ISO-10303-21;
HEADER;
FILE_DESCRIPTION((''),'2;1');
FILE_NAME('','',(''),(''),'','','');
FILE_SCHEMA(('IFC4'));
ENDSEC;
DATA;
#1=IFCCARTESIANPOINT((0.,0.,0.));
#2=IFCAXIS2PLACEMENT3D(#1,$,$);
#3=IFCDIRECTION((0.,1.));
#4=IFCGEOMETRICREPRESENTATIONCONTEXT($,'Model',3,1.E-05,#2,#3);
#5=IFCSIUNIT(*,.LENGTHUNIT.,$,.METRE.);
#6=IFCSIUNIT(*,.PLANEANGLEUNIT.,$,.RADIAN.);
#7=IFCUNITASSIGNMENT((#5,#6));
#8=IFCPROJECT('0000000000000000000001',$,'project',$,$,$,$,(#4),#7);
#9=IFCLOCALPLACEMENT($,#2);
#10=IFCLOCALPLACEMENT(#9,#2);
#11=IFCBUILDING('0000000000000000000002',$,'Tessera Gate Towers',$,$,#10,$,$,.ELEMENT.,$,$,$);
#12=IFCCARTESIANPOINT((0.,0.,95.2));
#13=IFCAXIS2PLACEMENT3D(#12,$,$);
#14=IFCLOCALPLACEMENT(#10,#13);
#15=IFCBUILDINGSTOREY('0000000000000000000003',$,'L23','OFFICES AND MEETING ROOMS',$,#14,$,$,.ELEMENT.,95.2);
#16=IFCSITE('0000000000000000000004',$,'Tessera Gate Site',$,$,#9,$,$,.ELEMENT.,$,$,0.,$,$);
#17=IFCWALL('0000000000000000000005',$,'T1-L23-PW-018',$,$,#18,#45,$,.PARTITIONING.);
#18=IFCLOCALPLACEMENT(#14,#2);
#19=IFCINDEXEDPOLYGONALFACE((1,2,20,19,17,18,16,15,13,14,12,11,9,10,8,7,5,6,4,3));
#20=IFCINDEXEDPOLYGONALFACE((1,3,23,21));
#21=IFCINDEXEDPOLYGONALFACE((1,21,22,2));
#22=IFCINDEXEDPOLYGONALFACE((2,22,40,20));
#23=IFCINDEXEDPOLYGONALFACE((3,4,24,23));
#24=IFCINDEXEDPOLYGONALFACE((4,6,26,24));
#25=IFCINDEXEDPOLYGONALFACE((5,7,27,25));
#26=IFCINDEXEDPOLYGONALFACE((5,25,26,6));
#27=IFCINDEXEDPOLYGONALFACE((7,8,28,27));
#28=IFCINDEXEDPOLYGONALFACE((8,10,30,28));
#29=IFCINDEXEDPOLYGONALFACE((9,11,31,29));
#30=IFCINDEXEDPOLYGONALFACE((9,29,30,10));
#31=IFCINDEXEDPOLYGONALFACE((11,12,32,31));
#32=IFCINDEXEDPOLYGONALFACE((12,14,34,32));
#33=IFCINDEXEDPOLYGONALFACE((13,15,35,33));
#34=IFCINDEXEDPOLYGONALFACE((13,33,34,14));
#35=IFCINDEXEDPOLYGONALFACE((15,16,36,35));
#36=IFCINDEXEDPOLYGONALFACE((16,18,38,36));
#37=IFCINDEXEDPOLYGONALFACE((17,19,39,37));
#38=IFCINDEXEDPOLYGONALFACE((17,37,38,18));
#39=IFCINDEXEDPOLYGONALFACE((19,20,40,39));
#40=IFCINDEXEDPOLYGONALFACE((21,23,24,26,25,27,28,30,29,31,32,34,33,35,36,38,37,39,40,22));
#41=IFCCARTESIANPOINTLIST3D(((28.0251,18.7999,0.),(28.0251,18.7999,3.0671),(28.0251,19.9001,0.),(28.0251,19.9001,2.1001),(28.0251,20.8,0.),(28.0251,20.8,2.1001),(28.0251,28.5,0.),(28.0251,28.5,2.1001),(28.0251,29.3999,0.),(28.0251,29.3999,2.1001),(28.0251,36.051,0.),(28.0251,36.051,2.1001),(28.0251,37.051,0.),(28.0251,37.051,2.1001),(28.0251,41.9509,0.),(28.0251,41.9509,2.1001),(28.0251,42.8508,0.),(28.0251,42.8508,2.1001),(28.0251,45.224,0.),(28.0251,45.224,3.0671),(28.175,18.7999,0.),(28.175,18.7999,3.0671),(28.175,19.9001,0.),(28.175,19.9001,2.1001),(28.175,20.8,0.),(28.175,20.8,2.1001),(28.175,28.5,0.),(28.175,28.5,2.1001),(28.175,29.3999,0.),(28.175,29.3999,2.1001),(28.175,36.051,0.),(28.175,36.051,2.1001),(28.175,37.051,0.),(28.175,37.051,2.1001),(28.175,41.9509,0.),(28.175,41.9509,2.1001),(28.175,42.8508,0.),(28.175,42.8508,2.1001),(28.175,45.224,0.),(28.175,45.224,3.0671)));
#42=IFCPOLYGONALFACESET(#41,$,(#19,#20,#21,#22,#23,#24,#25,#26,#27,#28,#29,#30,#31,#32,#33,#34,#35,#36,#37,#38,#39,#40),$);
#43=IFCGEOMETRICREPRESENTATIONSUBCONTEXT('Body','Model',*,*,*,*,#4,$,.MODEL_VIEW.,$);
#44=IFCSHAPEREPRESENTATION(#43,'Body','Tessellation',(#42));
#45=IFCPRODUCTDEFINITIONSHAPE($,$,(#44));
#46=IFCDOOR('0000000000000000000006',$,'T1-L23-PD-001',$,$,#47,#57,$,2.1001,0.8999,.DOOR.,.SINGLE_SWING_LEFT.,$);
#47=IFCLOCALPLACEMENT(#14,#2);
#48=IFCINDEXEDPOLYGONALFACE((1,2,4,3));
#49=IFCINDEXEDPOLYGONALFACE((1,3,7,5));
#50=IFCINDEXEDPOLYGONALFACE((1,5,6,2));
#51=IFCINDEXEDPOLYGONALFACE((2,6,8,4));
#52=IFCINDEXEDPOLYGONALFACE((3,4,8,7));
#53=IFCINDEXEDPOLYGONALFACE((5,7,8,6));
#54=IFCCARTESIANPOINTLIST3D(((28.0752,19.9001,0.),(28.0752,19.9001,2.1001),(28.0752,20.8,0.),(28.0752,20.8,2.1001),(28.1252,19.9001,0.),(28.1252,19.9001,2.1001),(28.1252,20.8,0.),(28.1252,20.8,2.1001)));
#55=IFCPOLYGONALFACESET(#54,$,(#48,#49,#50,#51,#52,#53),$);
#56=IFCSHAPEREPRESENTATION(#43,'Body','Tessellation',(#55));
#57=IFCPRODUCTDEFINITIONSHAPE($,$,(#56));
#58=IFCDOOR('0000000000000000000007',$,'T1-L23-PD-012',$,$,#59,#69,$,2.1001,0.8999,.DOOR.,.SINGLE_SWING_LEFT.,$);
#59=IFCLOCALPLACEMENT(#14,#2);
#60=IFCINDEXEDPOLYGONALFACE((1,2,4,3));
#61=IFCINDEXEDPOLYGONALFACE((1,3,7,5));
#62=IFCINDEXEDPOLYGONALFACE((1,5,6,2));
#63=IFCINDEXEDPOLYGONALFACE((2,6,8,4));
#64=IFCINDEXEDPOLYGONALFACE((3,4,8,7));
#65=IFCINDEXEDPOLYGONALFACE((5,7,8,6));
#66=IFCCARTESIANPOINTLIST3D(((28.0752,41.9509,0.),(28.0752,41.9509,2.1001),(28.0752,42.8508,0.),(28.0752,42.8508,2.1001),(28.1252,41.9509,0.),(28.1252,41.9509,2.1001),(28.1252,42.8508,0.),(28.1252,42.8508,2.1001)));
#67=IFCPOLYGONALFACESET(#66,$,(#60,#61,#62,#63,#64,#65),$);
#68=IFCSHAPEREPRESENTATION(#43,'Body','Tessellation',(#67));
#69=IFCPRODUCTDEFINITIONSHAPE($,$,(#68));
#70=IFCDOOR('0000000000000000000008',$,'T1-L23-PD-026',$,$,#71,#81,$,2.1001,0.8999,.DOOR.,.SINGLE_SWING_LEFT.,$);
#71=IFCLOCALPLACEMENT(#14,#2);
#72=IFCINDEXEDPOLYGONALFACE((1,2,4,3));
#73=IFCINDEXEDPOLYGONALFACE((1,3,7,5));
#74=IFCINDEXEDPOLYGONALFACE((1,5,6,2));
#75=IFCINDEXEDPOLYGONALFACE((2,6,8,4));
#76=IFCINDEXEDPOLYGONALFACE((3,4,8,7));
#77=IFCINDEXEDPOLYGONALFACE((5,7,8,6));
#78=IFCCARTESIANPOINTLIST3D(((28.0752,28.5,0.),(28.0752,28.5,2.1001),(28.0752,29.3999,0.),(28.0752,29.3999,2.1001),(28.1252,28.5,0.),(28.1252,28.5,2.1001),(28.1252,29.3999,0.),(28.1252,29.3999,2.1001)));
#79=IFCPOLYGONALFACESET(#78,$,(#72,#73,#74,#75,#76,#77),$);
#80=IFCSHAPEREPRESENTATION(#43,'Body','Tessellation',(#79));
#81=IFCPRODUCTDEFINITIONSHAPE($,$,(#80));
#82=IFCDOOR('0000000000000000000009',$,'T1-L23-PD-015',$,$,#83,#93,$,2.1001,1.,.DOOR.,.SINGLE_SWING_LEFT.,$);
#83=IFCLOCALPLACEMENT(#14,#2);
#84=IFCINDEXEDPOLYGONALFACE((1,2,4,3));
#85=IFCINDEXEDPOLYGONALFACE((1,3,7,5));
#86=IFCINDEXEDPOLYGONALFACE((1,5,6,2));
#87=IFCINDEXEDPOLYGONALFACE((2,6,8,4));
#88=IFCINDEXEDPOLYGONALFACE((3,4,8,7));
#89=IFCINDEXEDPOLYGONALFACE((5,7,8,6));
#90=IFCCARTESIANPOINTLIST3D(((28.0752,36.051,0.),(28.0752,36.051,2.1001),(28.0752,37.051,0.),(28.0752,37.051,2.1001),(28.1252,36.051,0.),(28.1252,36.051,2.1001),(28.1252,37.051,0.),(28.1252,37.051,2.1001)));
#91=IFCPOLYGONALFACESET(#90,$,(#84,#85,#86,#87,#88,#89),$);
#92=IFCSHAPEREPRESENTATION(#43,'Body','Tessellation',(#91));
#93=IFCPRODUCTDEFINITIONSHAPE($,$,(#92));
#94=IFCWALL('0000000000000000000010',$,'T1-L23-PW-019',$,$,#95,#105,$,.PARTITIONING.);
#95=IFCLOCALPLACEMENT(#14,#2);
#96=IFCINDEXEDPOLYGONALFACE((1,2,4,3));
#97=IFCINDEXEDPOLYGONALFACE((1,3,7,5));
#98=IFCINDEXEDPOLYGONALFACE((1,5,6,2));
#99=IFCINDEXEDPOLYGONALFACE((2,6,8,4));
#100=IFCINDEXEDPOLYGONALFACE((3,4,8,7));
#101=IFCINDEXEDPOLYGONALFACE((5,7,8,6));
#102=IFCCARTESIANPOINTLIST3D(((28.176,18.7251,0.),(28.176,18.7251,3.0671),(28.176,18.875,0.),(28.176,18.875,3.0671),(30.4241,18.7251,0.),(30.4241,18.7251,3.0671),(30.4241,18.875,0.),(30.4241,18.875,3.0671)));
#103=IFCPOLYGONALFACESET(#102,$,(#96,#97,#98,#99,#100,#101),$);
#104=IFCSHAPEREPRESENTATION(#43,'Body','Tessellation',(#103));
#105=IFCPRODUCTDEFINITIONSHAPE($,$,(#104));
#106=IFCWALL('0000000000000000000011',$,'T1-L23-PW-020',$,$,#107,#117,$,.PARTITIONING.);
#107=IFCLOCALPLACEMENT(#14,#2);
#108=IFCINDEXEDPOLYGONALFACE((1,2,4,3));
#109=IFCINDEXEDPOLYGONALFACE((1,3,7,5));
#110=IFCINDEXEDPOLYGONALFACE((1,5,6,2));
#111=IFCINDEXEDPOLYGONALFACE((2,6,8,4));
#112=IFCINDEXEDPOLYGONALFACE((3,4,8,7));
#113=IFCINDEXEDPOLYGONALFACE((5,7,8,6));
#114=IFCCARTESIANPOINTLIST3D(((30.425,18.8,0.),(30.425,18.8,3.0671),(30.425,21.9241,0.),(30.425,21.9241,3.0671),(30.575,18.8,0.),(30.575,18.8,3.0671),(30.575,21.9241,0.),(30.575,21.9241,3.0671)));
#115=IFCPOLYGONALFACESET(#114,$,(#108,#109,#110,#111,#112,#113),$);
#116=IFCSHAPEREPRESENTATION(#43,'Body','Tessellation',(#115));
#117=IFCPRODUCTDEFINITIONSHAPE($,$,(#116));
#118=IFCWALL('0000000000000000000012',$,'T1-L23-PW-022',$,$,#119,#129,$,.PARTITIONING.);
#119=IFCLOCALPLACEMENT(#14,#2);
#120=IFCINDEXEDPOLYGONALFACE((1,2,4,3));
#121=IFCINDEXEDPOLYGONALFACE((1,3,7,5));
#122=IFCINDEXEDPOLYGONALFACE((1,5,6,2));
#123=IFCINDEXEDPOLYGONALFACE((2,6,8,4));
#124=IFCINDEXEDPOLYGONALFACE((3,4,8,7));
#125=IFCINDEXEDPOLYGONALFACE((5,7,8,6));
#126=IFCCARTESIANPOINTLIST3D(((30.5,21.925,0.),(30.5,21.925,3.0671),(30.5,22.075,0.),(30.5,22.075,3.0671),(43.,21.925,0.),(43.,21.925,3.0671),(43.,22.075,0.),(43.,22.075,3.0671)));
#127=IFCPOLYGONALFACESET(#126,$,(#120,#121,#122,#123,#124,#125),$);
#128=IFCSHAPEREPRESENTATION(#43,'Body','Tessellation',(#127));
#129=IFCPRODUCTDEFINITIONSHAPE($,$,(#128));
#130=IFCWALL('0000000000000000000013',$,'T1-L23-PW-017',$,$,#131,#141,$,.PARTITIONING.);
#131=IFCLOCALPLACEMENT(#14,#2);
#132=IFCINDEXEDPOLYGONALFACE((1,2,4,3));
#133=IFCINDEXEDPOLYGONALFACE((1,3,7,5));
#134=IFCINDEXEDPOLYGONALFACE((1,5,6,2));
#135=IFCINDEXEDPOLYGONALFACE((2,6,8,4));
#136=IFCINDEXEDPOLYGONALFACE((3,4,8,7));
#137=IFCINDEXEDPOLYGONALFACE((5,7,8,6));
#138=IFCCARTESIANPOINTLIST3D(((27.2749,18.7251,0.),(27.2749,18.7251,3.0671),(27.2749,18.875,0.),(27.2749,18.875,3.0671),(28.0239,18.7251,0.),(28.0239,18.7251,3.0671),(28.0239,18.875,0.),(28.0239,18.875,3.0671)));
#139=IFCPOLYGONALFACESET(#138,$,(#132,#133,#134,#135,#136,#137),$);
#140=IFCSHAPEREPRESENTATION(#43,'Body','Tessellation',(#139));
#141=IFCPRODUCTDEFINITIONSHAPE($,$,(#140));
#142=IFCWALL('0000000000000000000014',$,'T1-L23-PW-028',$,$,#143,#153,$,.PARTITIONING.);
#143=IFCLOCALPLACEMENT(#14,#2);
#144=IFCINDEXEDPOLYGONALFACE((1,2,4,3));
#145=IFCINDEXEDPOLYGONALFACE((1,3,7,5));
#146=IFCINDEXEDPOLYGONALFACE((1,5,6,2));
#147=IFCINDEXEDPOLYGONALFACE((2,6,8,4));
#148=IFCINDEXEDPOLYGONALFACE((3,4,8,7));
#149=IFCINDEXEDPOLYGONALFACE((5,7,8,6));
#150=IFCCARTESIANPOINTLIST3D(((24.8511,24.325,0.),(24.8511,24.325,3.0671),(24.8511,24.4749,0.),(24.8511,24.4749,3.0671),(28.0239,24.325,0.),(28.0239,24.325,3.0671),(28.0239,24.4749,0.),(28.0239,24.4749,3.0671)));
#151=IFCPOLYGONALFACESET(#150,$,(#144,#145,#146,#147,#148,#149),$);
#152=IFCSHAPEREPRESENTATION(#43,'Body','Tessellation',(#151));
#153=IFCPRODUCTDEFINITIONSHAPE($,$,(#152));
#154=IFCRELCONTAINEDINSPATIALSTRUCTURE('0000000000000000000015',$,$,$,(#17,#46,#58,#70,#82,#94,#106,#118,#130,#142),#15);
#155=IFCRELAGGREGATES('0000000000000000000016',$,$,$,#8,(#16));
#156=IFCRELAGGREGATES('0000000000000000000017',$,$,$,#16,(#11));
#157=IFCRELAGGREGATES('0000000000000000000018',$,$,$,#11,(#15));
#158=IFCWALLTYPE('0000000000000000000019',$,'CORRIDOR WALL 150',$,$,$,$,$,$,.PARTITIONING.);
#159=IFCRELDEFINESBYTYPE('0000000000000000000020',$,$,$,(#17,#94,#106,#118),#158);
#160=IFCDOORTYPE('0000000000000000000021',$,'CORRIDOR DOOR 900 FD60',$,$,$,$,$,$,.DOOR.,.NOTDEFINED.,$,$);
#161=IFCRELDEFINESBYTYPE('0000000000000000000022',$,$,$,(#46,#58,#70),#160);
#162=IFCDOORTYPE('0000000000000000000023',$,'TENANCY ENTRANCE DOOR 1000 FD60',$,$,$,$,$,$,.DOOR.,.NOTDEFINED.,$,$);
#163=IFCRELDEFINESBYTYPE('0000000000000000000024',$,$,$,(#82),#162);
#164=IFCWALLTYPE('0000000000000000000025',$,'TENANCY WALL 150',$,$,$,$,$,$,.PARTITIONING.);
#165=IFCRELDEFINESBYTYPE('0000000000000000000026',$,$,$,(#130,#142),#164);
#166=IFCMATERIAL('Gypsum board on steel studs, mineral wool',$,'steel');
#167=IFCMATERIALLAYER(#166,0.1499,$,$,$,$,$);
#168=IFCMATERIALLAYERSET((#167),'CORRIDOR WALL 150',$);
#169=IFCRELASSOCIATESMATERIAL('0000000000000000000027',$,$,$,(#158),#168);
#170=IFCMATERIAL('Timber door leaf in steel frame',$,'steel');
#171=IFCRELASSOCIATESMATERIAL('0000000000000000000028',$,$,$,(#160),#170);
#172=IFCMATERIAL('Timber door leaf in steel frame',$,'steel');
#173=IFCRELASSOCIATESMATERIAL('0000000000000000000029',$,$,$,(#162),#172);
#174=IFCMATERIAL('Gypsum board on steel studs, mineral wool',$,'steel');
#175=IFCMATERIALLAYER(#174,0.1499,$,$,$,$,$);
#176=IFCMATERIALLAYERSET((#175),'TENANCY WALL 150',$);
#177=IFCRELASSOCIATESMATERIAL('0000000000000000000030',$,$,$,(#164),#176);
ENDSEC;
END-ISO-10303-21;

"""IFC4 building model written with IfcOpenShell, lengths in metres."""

from ifc_helpers import new_model, si_unit, direction, frame, frame_2d, origin, place, context, subcontext, project, spatial, rectangle, extrude, source, transform, mapped, material, layer, layer_set, type_object, element, fill, save


model = new_model("IFC4")

# Units and contexts
model_context = context("Model", 3, precision=1e-05, world=origin(), true_north=direction((0.0, 1.0)))
body_context = subcontext(model_context, "Body", "Model", "MODEL_VIEW")
ifc_project = project(units=[si_unit("LENGTHUNIT", "METRE"), si_unit("PLANEANGLEUNIT", "RADIAN")], contexts=[model_context])

# Site, building, storey
site_placement = place(None, origin())
site = spatial("IfcSite", under=ifc_project, at=site_placement, Name="Tessera Gate Site", CompositionType="ELEMENT", RefElevation=0.0)
building_placement = place(site_placement, origin())
building = spatial("IfcBuilding", under=site, at=building_placement, Name="Tessera Gate Towers", CompositionType="ELEMENT")
storey_placement = place(building_placement, frame((0.0, 0.0, 95.2)))
storey = spatial("IfcBuildingStorey", under=building, at=storey_placement, Name="L23", Description="OFFICES AND MEETING ROOMS", CompositionType="ELEMENT", Elevation=95.2)

# Wall, openings, doors
ifc_material_1 = material(Name="Gypsum board on steel studs, mineral wool", Category="steel")
ifc_layer_1 = layer(ifc_material_1, 0.1499)
ifc_layer_set_1 = layer_set([ifc_layer_1], Name="CORRIDOR WALL 150")
wall_type_1 = type_object("IfcWallType", Name="CORRIDOR WALL 150", PredefinedType="PARTITIONING", material=ifc_layer_set_1)
wall_1_placement = place(storey_placement, frame((28.1001, 18.8, 0.0), z_axis=(0.0, 0.0, 1.0), x_axis=(0.0, 1.0, 0.0)))
wall_1 = element("IfcWall", 1, at=wall_1_placement, inside=storey, type_object=wall_type_1, Name="T1-L23-PW-018", PredefinedType="PARTITIONING", context=body_context, shape_type="SweptSolid", body=[
    extrude(rectangle(XDim=26.4241, YDim=0.1499, at=frame_2d((13.2119, 0.0))), origin(), (0.0, 0.0, 1.0), 3.0671),
])
shared_shape_1 = source(origin(), body_context, "Body", "SweptSolid", [
    extrude(rectangle(XDim=0.8999, YDim=2.1001, at=frame_2d((0.45, 1.05))), frame((0.0, 0.085, 0.0), z_axis=(0.0, -1.0, 0.0), x_axis=(1.0, 0.0, 0.0)), (0.0, 0.0, 1.0), 0.1699),
])
opening_1_placement = place(wall_1_placement, frame((1.1001, 0.0, 0.0)))
opening_1 = element("IfcOpeningElement", 2, at=opening_1_placement, cuts=wall_1, PredefinedType="OPENING", context=body_context, shape_type="MappedRepresentation", body=[
    mapped(shared_shape_1, transform((0.0, 0.0, 0.0), scale=1.0)),
])
opening_2_placement = place(wall_1_placement, frame((23.1509, 0.0, 0.0)))
opening_2 = element("IfcOpeningElement", 3, at=opening_2_placement, cuts=wall_1, PredefinedType="OPENING", context=body_context, shape_type="MappedRepresentation", body=[
    mapped(shared_shape_1, transform((0.0, 0.0, 0.0), scale=1.0)),
])
shared_shape_2 = source(origin(), body_context, "Body", "SweptSolid", [
    extrude(rectangle(XDim=1.0, YDim=2.1001, at=frame_2d((0.5, 1.05))), frame((0.0, 0.085, 0.0), z_axis=(0.0, -1.0, 0.0), x_axis=(1.0, 0.0, 0.0)), (0.0, 0.0, 1.0), 0.1699),
])
opening_3_placement = place(wall_1_placement, frame((17.251, 0.0, 0.0)))
opening_3 = element("IfcOpeningElement", 4, at=opening_3_placement, cuts=wall_1, PredefinedType="OPENING", context=body_context, shape_type="MappedRepresentation", body=[
    mapped(shared_shape_2, transform((0.0, 0.0, 0.0), scale=1.0)),
])
opening_4_placement = place(wall_1_placement, frame((9.7, 0.0, 0.0)))
opening_4 = element("IfcOpeningElement", 5, at=opening_4_placement, cuts=wall_1, PredefinedType="OPENING", context=body_context, shape_type="MappedRepresentation", body=[
    mapped(shared_shape_1, transform((0.0, 0.0, 0.0), scale=1.0)),
])
ifc_material_2 = material(Name="Timber door leaf in steel frame", Category="steel")
door_type_1 = type_object("IfcDoorType", Name="CORRIDOR DOOR 900 FD60", OperationType="NOTDEFINED", PredefinedType="DOOR", material=ifc_material_2)
shared_shape_3 = source(origin(), body_context, "Body", "SweptSolid", [
    extrude(rectangle(XDim=0.8999, YDim=2.1001, at=frame_2d((0.45, 1.05))), frame((0.0, 0.0249, 0.0), z_axis=(0.0, -1.0, 0.0), x_axis=(1.0, 0.0, 0.0)), (0.0, 0.0, 1.0), 0.05),
])
door_1_placement = place(opening_1_placement, origin())
door_1 = element("IfcDoor", 6, at=door_1_placement, inside=storey, type_object=door_type_1, Name="T1-L23-PD-001", OperationType="SINGLE_SWING_LEFT", OverallHeight=2.1001, OverallWidth=0.8999, PredefinedType="DOOR", context=body_context, shape_type="MappedRepresentation", body=[
    mapped(shared_shape_3, transform((0.0, 0.0, 0.0), scale=1.0)),
])
fill(opening_1, door_1)
door_2_placement = place(opening_2_placement, origin())
door_2 = element("IfcDoor", 7, at=door_2_placement, inside=storey, type_object=door_type_1, Name="T1-L23-PD-012", OperationType="SINGLE_SWING_LEFT", OverallHeight=2.1001, OverallWidth=0.8999, PredefinedType="DOOR", context=body_context, shape_type="MappedRepresentation", body=[
    mapped(shared_shape_3, transform((0.0, 0.0, 0.0), scale=1.0)),
])
fill(opening_2, door_2)
door_3_placement = place(opening_4_placement, origin())
door_3 = element("IfcDoor", 8, at=door_3_placement, inside=storey, type_object=door_type_1, Name="T1-L23-PD-026", OperationType="SINGLE_SWING_LEFT", OverallHeight=2.1001, OverallWidth=0.8999, PredefinedType="DOOR", context=body_context, shape_type="MappedRepresentation", body=[
    mapped(shared_shape_3, transform((0.0, 0.0, 0.0), scale=1.0)),
])
fill(opening_4, door_3)
ifc_material_3 = material(Name="Timber door leaf in steel frame", Category="steel")
door_type_2 = type_object("IfcDoorType", Name="TENANCY ENTRANCE DOOR 1000 FD60", OperationType="NOTDEFINED", PredefinedType="DOOR", material=ifc_material_3)
shared_shape_4 = source(origin(), body_context, "Body", "SweptSolid", [
    extrude(rectangle(XDim=1.0, YDim=2.1001, at=frame_2d((0.5, 1.05))), frame((0.0, 0.0249, 0.0), z_axis=(0.0, -1.0, 0.0), x_axis=(1.0, 0.0, 0.0)), (0.0, 0.0, 1.0), 0.05),
])
door_4_placement = place(opening_3_placement, origin())
door_4 = element("IfcDoor", 9, at=door_4_placement, inside=storey, type_object=door_type_2, Name="T1-L23-PD-015", OperationType="SINGLE_SWING_LEFT", OverallHeight=2.1001, OverallWidth=1.0, PredefinedType="DOOR", context=body_context, shape_type="MappedRepresentation", body=[
    mapped(shared_shape_4, transform((0.0, 0.0, 0.0), scale=1.0)),
])
fill(opening_3, door_4)

# Walls
wall_2_placement = place(storey_placement, frame((28.176, 18.8, 0.0), z_axis=(0.0, 0.0, 1.0), x_axis=(1.0, 0.0, 0.0)))
element("IfcWall", 10, at=wall_2_placement, inside=storey, type_object=wall_type_1, Name="T1-L23-PW-019", PredefinedType="PARTITIONING", context=body_context, shape_type="SweptSolid", body=[
    extrude(rectangle(XDim=2.248, YDim=0.1499, at=frame_2d((1.124, 0.0))), origin(), (0.0, 0.0, 1.0), 3.0671),
])
wall_3_placement = place(storey_placement, frame((30.5, 18.8, 0.0), z_axis=(0.0, 0.0, 1.0), x_axis=(0.0, 1.0, 0.0)))
element("IfcWall", 11, at=wall_3_placement, inside=storey, type_object=wall_type_1, Name="T1-L23-PW-020", PredefinedType="PARTITIONING", context=body_context, shape_type="SweptSolid", body=[
    extrude(rectangle(XDim=3.124, YDim=0.1499, at=frame_2d((1.562, 0.0))), origin(), (0.0, 0.0, 1.0), 3.0671),
])
wall_4_placement = place(storey_placement, frame((30.5, 22.0, 0.0), z_axis=(0.0, 0.0, 1.0), x_axis=(1.0, 0.0, 0.0)))
element("IfcWall", 12, at=wall_4_placement, inside=storey, type_object=wall_type_1, Name="T1-L23-PW-022", PredefinedType="PARTITIONING", context=body_context, shape_type="SweptSolid", body=[
    extrude(rectangle(XDim=12.5, YDim=0.1499, at=frame_2d((6.25, 0.0))), origin(), (0.0, 0.0, 1.0), 3.0671),
])
ifc_material_4 = material(Name="Gypsum board on steel studs, mineral wool", Category="steel")
ifc_layer_2 = layer(ifc_material_4, 0.1499)
ifc_layer_set_2 = layer_set([ifc_layer_2], Name="TENANCY WALL 150")
wall_type_2 = type_object("IfcWallType", Name="TENANCY WALL 150", PredefinedType="PARTITIONING", material=ifc_layer_set_2)
wall_5_placement = place(storey_placement, frame((27.2749, 18.8, 0.0), z_axis=(0.0, 0.0, 1.0), x_axis=(1.0, 0.0, 0.0)))
element("IfcWall", 13, at=wall_5_placement, inside=storey, type_object=wall_type_2, Name="T1-L23-PW-017", PredefinedType="PARTITIONING", context=body_context, shape_type="SweptSolid", body=[
    extrude(rectangle(XDim=0.749, YDim=0.1499, at=frame_2d((0.3745, 0.0))), origin(), (0.0, 0.0, 1.0), 3.0671),
])
wall_6_placement = place(storey_placement, frame((24.8511, 24.3999, 0.0), z_axis=(0.0, 0.0, 1.0), x_axis=(1.0, 0.0, 0.0)))
element("IfcWall", 14, at=wall_6_placement, inside=storey, type_object=wall_type_2, Name="T1-L23-PW-028", PredefinedType="PARTITIONING", context=body_context, shape_type="SweptSolid", body=[
    extrude(rectangle(XDim=3.1729, YDim=0.1499, at=frame_2d((1.5864, 0.0))), origin(), (0.0, 0.0, 1.0), 3.0671),
])

save(model, "model.ifc")
